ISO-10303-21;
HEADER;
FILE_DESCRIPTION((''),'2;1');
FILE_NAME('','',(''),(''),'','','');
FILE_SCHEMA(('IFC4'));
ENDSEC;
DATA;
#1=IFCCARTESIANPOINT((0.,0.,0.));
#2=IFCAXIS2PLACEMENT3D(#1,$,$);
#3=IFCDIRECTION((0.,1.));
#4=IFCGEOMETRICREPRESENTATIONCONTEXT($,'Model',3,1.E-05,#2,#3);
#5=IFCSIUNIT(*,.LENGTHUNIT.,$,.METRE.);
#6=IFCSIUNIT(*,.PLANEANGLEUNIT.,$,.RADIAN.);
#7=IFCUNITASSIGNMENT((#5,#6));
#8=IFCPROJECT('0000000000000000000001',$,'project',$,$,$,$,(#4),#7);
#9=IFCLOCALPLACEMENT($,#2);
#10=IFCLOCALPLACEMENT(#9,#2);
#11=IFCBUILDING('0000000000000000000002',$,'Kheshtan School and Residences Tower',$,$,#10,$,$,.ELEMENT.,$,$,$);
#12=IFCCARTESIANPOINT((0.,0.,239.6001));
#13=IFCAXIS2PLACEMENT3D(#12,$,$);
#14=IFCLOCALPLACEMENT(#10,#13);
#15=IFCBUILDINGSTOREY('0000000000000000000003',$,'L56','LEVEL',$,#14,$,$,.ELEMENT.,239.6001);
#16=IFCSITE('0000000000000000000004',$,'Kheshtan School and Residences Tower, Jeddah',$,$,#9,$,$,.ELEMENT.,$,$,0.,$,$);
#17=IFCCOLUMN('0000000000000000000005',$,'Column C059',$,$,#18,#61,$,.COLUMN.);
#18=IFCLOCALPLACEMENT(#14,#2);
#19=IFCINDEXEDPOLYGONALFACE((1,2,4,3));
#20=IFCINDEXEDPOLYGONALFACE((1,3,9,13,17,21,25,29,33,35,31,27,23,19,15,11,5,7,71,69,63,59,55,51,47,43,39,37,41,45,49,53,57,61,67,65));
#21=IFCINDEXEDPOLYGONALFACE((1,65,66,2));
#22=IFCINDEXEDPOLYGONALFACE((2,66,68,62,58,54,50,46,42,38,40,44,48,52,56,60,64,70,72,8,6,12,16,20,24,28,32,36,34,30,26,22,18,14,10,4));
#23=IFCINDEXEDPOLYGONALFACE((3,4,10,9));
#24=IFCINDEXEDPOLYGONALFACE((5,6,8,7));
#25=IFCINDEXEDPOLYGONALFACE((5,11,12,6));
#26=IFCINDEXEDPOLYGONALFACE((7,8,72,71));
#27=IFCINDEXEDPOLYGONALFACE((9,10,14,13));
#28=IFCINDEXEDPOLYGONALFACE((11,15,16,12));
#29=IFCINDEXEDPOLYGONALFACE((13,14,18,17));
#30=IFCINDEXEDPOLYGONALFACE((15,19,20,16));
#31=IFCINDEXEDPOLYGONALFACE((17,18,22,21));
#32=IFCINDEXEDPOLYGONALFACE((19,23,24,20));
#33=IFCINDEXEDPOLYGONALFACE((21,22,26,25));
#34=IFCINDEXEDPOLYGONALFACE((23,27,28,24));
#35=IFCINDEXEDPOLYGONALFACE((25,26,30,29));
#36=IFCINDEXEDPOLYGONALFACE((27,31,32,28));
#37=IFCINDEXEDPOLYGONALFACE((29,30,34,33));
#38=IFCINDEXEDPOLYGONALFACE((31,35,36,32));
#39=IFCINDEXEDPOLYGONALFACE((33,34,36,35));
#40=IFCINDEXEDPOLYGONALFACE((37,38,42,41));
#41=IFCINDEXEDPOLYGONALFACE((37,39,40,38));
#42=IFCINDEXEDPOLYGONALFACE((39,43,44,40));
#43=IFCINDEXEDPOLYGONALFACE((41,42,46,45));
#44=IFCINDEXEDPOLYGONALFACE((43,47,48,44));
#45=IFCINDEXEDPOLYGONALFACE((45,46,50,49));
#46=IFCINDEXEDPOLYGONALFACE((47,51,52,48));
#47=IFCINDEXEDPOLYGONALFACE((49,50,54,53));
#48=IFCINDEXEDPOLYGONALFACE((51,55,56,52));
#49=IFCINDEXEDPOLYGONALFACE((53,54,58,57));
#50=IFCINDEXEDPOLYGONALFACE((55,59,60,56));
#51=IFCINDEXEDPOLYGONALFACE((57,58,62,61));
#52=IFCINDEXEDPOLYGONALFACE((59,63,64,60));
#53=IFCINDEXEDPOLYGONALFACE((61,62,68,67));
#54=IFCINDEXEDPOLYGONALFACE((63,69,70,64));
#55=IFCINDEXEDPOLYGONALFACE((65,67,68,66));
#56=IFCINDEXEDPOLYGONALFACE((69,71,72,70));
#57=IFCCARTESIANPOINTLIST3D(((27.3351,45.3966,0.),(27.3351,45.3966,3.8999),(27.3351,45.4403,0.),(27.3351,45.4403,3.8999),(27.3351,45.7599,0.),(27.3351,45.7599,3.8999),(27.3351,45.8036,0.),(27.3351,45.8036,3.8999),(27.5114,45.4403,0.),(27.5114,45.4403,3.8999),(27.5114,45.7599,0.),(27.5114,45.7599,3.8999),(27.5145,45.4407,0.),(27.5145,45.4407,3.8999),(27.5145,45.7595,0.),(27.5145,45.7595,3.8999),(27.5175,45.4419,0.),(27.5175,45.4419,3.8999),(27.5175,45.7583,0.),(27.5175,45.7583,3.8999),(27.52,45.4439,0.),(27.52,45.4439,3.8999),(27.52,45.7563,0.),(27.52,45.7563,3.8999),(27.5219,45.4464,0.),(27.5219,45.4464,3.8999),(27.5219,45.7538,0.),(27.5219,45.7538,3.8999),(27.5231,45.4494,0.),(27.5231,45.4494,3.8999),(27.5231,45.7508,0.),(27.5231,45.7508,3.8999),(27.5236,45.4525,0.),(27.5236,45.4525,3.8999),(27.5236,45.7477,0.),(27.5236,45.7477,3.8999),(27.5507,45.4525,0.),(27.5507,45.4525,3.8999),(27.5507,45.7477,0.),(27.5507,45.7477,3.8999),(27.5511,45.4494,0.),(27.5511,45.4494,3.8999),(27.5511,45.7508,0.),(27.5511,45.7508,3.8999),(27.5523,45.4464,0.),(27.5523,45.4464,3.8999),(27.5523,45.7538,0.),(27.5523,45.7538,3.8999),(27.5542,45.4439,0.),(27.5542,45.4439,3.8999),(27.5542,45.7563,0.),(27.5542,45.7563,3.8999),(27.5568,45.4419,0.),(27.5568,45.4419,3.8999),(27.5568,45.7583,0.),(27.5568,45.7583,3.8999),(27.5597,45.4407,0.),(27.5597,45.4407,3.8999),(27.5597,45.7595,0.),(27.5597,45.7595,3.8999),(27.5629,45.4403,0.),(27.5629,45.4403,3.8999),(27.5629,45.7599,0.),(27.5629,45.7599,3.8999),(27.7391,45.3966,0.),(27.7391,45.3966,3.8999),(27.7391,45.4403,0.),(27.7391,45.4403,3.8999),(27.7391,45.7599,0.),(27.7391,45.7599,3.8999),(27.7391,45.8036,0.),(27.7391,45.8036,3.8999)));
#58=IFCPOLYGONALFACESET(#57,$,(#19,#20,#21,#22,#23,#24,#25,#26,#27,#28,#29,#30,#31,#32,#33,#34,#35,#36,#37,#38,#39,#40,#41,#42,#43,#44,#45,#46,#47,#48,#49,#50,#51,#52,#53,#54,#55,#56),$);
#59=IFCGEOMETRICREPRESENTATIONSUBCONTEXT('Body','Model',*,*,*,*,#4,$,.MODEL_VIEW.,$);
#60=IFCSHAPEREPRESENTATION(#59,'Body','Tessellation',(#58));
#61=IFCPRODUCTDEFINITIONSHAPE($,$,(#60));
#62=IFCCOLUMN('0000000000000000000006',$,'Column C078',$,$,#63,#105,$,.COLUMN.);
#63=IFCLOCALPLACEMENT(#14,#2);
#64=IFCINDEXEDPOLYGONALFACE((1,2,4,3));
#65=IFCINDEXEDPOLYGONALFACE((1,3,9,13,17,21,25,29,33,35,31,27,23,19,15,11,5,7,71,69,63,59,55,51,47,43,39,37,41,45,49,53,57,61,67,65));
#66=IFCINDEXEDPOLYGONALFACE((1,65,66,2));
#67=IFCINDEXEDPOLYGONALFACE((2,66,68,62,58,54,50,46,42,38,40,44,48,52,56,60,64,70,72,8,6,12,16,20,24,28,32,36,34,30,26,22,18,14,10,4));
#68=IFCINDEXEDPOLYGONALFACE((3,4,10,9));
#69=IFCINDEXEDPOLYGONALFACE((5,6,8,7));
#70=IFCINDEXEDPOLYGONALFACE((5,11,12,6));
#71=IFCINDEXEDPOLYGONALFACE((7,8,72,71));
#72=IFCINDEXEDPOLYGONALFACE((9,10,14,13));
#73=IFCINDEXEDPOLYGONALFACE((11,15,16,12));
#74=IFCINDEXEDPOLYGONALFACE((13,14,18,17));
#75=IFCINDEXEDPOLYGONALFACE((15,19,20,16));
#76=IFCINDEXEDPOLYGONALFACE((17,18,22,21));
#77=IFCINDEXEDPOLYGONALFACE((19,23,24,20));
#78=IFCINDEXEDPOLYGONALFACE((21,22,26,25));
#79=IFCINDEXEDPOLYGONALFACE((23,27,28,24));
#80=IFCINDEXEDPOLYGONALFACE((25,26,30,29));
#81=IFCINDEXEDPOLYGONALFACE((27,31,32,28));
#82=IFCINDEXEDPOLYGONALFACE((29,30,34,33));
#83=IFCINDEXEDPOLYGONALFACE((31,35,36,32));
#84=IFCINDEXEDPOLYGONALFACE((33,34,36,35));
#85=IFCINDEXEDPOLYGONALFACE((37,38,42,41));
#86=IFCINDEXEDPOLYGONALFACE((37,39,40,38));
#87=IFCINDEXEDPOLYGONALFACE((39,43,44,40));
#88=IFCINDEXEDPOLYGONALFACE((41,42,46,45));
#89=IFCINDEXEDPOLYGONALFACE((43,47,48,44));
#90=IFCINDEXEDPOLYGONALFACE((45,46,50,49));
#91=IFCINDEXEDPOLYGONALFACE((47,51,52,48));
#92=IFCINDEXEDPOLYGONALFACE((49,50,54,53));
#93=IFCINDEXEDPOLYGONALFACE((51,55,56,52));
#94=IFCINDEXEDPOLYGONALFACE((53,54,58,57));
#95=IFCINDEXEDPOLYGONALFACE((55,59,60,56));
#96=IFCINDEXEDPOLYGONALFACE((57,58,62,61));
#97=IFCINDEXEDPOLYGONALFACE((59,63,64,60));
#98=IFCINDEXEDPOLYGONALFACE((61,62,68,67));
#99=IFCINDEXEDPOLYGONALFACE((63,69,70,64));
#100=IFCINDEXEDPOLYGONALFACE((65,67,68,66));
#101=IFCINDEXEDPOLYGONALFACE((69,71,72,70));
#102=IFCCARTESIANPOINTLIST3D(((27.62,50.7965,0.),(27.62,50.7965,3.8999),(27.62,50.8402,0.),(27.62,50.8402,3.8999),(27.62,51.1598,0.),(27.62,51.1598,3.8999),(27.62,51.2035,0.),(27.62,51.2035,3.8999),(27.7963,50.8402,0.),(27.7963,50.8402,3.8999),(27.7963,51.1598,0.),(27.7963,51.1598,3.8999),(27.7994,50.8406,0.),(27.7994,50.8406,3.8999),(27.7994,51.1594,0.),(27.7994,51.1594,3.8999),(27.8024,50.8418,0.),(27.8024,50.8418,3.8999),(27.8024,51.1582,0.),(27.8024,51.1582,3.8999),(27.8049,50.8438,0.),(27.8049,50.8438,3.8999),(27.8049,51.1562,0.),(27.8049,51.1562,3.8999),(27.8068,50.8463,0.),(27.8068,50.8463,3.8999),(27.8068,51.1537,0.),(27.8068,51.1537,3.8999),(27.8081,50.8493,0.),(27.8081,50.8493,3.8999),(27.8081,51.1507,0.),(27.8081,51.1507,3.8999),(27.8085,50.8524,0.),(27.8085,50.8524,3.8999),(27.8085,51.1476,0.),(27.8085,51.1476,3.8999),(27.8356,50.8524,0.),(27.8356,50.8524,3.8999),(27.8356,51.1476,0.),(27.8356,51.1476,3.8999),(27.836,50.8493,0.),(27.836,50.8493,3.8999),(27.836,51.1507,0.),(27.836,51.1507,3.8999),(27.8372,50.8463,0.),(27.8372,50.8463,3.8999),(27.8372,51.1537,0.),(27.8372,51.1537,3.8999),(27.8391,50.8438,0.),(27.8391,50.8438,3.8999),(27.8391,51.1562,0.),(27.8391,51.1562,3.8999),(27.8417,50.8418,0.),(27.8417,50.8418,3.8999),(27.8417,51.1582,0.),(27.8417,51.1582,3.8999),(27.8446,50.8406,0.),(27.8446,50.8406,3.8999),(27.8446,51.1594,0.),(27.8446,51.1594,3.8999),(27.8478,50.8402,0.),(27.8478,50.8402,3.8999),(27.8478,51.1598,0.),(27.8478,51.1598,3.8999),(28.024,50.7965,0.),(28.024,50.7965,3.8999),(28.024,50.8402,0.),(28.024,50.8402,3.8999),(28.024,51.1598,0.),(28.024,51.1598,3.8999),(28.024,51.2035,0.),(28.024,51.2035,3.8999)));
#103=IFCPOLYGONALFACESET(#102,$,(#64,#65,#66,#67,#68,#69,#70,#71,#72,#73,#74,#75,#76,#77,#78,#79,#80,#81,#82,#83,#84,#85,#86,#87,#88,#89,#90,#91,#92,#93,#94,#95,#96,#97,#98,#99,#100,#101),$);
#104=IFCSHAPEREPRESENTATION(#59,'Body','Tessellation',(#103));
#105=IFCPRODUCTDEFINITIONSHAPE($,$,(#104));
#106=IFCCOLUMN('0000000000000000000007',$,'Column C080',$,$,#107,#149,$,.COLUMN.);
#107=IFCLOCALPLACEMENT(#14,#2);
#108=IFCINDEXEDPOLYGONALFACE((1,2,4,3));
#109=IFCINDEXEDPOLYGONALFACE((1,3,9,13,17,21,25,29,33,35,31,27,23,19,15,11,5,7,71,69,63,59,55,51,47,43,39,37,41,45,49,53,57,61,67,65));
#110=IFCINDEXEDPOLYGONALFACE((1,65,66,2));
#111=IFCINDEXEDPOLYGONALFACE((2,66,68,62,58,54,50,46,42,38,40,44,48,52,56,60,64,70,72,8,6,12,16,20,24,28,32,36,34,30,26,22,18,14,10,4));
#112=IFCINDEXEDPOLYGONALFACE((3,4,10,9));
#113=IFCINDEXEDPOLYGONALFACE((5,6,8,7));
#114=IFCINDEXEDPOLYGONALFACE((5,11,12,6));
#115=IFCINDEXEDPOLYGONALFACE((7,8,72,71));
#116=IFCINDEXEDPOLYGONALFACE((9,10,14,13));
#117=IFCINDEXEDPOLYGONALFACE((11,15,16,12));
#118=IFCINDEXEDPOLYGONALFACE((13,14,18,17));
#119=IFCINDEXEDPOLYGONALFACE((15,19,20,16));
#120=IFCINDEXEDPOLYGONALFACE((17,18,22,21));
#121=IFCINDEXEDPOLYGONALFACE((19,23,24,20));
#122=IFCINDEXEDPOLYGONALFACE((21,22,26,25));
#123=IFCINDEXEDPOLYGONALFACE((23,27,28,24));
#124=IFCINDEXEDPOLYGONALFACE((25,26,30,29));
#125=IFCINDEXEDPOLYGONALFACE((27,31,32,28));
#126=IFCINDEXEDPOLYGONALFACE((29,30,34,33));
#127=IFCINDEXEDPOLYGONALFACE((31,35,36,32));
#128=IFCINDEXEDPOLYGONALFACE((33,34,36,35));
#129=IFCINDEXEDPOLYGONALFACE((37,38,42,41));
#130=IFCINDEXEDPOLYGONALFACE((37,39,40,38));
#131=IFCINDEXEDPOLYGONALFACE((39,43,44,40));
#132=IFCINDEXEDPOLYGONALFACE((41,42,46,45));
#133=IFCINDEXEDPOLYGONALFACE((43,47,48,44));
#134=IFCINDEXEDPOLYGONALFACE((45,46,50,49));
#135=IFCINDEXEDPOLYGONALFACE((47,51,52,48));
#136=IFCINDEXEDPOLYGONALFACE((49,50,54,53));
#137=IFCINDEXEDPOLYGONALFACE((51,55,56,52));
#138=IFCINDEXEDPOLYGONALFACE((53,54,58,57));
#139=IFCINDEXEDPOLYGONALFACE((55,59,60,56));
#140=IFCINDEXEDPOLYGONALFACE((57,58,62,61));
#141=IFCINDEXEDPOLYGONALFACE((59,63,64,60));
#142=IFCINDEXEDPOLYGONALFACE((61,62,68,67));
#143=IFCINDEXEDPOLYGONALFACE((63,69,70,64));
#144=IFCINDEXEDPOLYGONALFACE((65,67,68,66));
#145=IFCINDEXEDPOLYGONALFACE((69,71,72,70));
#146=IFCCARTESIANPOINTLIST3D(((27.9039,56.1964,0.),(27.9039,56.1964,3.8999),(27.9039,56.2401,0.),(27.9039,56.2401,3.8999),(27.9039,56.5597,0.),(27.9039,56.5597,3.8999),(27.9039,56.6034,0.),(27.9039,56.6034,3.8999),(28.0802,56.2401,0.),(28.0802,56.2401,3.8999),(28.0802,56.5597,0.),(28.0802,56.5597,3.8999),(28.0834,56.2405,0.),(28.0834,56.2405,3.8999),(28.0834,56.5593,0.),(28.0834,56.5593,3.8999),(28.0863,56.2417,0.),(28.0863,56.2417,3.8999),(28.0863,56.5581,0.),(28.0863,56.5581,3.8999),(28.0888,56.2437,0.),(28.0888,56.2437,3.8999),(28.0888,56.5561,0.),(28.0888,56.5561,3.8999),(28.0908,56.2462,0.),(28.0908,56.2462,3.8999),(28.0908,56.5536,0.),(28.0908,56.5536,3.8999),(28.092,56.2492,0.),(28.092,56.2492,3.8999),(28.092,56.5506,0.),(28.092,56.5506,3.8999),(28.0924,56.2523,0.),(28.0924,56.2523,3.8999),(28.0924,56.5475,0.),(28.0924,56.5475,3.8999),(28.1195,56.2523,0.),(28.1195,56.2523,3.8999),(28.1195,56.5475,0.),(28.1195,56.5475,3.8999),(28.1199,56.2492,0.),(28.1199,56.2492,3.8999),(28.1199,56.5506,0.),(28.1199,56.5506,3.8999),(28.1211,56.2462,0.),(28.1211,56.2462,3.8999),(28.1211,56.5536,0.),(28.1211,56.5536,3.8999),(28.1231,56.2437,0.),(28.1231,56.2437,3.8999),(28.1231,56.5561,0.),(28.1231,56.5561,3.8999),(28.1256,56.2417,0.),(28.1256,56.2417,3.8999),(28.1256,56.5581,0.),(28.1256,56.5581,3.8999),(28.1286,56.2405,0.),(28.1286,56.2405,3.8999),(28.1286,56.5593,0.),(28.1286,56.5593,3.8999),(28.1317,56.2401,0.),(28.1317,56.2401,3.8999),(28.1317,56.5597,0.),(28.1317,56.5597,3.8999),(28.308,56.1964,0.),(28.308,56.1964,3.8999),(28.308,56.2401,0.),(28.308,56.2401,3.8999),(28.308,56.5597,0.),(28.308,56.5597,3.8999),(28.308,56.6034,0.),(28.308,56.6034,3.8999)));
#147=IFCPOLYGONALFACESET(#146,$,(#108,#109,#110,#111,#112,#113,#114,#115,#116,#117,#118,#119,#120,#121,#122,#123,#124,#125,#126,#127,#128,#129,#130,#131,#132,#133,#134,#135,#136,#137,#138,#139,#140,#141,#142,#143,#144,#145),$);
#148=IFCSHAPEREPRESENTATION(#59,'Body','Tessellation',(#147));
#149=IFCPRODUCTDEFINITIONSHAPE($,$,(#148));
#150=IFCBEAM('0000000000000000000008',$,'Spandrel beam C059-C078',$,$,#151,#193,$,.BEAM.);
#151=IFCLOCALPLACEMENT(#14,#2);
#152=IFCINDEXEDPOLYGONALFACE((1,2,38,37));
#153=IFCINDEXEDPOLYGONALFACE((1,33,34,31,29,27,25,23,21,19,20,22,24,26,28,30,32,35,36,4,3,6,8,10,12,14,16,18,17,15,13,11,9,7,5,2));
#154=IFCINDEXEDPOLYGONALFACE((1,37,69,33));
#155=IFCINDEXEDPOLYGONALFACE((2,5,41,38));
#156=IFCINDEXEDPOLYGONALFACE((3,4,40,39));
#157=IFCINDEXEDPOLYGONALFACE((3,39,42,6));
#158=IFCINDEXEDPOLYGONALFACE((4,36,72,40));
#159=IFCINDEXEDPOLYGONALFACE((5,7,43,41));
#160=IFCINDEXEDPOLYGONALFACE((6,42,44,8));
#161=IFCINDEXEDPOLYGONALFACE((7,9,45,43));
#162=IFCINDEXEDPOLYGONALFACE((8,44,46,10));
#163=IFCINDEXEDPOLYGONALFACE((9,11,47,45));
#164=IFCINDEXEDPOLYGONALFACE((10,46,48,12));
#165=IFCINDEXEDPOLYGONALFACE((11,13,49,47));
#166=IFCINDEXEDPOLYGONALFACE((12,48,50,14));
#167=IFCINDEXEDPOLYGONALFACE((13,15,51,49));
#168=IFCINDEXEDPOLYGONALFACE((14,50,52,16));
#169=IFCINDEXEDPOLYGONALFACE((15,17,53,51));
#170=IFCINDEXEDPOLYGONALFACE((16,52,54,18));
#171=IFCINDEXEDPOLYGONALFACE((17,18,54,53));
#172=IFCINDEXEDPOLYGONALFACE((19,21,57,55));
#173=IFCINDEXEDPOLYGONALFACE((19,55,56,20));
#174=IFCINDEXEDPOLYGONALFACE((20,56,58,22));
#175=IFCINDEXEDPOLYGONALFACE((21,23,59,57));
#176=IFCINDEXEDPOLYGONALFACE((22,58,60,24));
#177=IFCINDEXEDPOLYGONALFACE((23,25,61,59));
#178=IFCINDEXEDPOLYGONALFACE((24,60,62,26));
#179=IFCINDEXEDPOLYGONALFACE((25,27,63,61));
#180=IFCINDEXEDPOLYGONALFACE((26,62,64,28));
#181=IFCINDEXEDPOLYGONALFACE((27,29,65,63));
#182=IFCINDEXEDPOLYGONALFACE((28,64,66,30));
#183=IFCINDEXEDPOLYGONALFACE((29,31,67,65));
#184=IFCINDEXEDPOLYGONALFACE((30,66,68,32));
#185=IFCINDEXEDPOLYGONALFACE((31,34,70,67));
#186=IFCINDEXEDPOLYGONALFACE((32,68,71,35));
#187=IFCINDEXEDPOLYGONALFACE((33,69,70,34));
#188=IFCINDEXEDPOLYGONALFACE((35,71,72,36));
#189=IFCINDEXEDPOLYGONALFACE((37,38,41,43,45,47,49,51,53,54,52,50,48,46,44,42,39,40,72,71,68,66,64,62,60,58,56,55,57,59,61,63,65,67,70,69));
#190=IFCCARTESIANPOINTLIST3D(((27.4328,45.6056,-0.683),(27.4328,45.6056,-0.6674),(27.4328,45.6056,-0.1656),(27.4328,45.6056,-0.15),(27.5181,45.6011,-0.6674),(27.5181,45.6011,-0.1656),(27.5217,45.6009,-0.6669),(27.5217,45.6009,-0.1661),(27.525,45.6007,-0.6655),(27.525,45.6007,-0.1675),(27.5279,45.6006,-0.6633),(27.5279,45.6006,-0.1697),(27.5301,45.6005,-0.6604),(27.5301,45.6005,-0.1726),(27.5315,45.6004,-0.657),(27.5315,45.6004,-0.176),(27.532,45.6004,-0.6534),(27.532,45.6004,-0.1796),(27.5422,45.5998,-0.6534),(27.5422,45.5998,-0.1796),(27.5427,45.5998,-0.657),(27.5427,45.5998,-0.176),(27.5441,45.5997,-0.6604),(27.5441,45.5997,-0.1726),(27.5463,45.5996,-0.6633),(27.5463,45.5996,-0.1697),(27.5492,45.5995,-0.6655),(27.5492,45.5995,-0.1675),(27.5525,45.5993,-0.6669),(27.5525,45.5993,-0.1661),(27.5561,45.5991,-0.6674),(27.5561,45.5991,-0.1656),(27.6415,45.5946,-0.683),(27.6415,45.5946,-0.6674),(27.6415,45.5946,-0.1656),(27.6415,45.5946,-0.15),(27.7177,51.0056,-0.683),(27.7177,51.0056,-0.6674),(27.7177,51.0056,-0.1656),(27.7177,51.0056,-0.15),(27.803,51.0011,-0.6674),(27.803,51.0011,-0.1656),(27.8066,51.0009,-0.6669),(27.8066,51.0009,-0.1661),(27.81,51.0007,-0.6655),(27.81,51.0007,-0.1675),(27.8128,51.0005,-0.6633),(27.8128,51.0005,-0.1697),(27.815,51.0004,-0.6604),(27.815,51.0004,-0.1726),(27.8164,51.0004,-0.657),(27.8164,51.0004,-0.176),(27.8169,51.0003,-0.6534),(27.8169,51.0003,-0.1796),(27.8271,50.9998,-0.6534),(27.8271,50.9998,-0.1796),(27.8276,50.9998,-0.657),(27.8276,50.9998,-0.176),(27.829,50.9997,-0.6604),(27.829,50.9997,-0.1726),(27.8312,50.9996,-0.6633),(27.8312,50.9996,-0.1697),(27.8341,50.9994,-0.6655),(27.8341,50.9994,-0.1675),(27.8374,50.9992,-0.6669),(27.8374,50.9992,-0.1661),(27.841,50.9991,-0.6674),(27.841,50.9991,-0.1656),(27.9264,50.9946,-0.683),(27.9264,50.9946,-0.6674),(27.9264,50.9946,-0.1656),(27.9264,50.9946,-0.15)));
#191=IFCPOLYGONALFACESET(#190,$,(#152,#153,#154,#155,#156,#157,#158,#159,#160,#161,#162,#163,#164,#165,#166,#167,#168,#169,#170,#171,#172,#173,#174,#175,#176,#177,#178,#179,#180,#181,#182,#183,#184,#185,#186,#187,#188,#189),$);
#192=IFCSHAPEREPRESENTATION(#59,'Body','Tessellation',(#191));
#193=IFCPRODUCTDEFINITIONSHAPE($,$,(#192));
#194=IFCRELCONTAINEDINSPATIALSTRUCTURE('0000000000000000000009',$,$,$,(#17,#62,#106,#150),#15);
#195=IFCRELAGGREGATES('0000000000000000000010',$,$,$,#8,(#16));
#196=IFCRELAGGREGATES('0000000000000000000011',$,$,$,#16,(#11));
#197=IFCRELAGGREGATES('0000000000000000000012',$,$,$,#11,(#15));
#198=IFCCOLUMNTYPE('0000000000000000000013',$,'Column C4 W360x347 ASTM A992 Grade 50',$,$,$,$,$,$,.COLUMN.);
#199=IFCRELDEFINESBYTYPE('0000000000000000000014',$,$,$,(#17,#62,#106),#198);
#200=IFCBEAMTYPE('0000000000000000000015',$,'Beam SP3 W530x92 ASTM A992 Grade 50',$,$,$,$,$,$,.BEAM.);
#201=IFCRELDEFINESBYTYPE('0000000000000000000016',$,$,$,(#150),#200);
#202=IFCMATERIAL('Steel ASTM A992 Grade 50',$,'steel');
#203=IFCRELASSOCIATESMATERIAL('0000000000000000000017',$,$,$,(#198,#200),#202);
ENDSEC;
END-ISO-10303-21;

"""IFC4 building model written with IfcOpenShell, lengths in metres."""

from ifc_helpers import new_model, si_unit, direction, frame, origin, origin_2d, place, context, subcontext, project, spatial, i_section, extrude, material, material_profile, profile_set, type_object, element, save


model = new_model("IFC4")

# Units and contexts
model_context = context("Model", 3, precision=1e-05, world=origin(), true_north=direction((0.0, 1.0)))
body_context = subcontext(model_context, "Body", "Model", "MODEL_VIEW")
ifc_project = project(units=[si_unit("LENGTHUNIT", "METRE"), si_unit("PLANEANGLEUNIT", "RADIAN")], contexts=[model_context])

# Site, building, storey
site_placement = place(None, origin())
site = spatial("IfcSite", under=ifc_project, at=site_placement, Name="Kheshtan School and Residences Tower, Jeddah", CompositionType="ELEMENT", RefElevation=0.0)
building_placement = place(site_placement, origin())
building = spatial("IfcBuilding", under=site, at=building_placement, Name="Kheshtan School and Residences Tower", CompositionType="ELEMENT")
storey_placement = place(building_placement, frame((0.0, 0.0, 239.6001)))
storey = spatial("IfcBuildingStorey", under=building, at=storey_placement, Name="L56", Description="LEVEL", CompositionType="ELEMENT", Elevation=239.6001)

# Columns
ifc_material_1 = material(Name="Steel ASTM A992 Grade 50", Category="steel")
ifc_material_profile_1 = material_profile(ifc_material_1, i_section(OverallWidth=0.4041, OverallDepth=0.407, WebThickness=0.0271, FlangeThickness=0.0437, FilletRadius=0.0122, at=origin_2d()), Name="W360x347")
ifc_profile_set_1 = profile_set([ifc_material_profile_1], Name="Steel ASTM A992 Grade 50")
column_type = type_object("IfcColumnType", Name="Column C4 W360x347 ASTM A992 Grade 50", PredefinedType="COLUMN", material=ifc_profile_set_1)
for number, where, z_axis, x_axis, name in (
    (1, (27.5371, 45.6001, 0.0), (0.0, 0.0, 1.0), (1.0, 0.0, 0.0), "Column C059"),
    (2, (27.822, 51.0, 0.0), (0.0, 0.0, 1.0), (1.0, 0.0, 0.0), "Column C078"),
    (3, (28.106, 56.3999, 0.0), (0.0, 0.0, 1.0), (1.0, 0.0, 0.0), "Column C080"),
):
    element("IfcColumn", number, at=place(storey_placement, frame(where, z_axis=z_axis, x_axis=x_axis)), inside=storey, type_object=column_type, Name=name, PredefinedType="COLUMN", context=body_context, shape_type="SweptSolid", body=[
        extrude(i_section(OverallWidth=0.4041, OverallDepth=0.407, WebThickness=0.0271, FlangeThickness=0.0437, FilletRadius=0.0122, at=origin_2d()), origin(), (0.0, 0.0, 1.0), 3.8999),
    ])

# Beam
ifc_material_profile_2 = material_profile(ifc_material_1, i_section(OverallWidth=0.209, OverallDepth=0.533, WebThickness=0.0103, FlangeThickness=0.0156, FilletRadius=0.0139, at=origin_2d()), Name="W530x92")
ifc_profile_set_2 = profile_set([ifc_material_profile_2], Name="Steel ASTM A992 Grade 50")
beam_type = type_object("IfcBeamType", Name="Beam SP3 W530x92 ASTM A992 Grade 50", PredefinedType="BEAM", material=ifc_profile_set_2)
for number, where, z_axis, x_axis, name in (
    (4, (27.5371, 45.6001, -0.4165), (0.052689, 0.998611, 0.0), (-0.998611, 0.052689, 0.0), "Spandrel beam C059-C078"),
):
    element("IfcBeam", number, at=place(storey_placement, frame(where, z_axis=z_axis, x_axis=x_axis)), inside=storey, type_object=beam_type, Name=name, PredefinedType="BEAM", context=body_context, shape_type="SweptSolid", body=[
        extrude(i_section(OverallWidth=0.209, OverallDepth=0.533, WebThickness=0.0103, FlangeThickness=0.0156, FilletRadius=0.0139, at=origin_2d()), origin(), (0.0, 0.0, 1.0), 5.4075),
    ])

save(model, "model.ifc")
